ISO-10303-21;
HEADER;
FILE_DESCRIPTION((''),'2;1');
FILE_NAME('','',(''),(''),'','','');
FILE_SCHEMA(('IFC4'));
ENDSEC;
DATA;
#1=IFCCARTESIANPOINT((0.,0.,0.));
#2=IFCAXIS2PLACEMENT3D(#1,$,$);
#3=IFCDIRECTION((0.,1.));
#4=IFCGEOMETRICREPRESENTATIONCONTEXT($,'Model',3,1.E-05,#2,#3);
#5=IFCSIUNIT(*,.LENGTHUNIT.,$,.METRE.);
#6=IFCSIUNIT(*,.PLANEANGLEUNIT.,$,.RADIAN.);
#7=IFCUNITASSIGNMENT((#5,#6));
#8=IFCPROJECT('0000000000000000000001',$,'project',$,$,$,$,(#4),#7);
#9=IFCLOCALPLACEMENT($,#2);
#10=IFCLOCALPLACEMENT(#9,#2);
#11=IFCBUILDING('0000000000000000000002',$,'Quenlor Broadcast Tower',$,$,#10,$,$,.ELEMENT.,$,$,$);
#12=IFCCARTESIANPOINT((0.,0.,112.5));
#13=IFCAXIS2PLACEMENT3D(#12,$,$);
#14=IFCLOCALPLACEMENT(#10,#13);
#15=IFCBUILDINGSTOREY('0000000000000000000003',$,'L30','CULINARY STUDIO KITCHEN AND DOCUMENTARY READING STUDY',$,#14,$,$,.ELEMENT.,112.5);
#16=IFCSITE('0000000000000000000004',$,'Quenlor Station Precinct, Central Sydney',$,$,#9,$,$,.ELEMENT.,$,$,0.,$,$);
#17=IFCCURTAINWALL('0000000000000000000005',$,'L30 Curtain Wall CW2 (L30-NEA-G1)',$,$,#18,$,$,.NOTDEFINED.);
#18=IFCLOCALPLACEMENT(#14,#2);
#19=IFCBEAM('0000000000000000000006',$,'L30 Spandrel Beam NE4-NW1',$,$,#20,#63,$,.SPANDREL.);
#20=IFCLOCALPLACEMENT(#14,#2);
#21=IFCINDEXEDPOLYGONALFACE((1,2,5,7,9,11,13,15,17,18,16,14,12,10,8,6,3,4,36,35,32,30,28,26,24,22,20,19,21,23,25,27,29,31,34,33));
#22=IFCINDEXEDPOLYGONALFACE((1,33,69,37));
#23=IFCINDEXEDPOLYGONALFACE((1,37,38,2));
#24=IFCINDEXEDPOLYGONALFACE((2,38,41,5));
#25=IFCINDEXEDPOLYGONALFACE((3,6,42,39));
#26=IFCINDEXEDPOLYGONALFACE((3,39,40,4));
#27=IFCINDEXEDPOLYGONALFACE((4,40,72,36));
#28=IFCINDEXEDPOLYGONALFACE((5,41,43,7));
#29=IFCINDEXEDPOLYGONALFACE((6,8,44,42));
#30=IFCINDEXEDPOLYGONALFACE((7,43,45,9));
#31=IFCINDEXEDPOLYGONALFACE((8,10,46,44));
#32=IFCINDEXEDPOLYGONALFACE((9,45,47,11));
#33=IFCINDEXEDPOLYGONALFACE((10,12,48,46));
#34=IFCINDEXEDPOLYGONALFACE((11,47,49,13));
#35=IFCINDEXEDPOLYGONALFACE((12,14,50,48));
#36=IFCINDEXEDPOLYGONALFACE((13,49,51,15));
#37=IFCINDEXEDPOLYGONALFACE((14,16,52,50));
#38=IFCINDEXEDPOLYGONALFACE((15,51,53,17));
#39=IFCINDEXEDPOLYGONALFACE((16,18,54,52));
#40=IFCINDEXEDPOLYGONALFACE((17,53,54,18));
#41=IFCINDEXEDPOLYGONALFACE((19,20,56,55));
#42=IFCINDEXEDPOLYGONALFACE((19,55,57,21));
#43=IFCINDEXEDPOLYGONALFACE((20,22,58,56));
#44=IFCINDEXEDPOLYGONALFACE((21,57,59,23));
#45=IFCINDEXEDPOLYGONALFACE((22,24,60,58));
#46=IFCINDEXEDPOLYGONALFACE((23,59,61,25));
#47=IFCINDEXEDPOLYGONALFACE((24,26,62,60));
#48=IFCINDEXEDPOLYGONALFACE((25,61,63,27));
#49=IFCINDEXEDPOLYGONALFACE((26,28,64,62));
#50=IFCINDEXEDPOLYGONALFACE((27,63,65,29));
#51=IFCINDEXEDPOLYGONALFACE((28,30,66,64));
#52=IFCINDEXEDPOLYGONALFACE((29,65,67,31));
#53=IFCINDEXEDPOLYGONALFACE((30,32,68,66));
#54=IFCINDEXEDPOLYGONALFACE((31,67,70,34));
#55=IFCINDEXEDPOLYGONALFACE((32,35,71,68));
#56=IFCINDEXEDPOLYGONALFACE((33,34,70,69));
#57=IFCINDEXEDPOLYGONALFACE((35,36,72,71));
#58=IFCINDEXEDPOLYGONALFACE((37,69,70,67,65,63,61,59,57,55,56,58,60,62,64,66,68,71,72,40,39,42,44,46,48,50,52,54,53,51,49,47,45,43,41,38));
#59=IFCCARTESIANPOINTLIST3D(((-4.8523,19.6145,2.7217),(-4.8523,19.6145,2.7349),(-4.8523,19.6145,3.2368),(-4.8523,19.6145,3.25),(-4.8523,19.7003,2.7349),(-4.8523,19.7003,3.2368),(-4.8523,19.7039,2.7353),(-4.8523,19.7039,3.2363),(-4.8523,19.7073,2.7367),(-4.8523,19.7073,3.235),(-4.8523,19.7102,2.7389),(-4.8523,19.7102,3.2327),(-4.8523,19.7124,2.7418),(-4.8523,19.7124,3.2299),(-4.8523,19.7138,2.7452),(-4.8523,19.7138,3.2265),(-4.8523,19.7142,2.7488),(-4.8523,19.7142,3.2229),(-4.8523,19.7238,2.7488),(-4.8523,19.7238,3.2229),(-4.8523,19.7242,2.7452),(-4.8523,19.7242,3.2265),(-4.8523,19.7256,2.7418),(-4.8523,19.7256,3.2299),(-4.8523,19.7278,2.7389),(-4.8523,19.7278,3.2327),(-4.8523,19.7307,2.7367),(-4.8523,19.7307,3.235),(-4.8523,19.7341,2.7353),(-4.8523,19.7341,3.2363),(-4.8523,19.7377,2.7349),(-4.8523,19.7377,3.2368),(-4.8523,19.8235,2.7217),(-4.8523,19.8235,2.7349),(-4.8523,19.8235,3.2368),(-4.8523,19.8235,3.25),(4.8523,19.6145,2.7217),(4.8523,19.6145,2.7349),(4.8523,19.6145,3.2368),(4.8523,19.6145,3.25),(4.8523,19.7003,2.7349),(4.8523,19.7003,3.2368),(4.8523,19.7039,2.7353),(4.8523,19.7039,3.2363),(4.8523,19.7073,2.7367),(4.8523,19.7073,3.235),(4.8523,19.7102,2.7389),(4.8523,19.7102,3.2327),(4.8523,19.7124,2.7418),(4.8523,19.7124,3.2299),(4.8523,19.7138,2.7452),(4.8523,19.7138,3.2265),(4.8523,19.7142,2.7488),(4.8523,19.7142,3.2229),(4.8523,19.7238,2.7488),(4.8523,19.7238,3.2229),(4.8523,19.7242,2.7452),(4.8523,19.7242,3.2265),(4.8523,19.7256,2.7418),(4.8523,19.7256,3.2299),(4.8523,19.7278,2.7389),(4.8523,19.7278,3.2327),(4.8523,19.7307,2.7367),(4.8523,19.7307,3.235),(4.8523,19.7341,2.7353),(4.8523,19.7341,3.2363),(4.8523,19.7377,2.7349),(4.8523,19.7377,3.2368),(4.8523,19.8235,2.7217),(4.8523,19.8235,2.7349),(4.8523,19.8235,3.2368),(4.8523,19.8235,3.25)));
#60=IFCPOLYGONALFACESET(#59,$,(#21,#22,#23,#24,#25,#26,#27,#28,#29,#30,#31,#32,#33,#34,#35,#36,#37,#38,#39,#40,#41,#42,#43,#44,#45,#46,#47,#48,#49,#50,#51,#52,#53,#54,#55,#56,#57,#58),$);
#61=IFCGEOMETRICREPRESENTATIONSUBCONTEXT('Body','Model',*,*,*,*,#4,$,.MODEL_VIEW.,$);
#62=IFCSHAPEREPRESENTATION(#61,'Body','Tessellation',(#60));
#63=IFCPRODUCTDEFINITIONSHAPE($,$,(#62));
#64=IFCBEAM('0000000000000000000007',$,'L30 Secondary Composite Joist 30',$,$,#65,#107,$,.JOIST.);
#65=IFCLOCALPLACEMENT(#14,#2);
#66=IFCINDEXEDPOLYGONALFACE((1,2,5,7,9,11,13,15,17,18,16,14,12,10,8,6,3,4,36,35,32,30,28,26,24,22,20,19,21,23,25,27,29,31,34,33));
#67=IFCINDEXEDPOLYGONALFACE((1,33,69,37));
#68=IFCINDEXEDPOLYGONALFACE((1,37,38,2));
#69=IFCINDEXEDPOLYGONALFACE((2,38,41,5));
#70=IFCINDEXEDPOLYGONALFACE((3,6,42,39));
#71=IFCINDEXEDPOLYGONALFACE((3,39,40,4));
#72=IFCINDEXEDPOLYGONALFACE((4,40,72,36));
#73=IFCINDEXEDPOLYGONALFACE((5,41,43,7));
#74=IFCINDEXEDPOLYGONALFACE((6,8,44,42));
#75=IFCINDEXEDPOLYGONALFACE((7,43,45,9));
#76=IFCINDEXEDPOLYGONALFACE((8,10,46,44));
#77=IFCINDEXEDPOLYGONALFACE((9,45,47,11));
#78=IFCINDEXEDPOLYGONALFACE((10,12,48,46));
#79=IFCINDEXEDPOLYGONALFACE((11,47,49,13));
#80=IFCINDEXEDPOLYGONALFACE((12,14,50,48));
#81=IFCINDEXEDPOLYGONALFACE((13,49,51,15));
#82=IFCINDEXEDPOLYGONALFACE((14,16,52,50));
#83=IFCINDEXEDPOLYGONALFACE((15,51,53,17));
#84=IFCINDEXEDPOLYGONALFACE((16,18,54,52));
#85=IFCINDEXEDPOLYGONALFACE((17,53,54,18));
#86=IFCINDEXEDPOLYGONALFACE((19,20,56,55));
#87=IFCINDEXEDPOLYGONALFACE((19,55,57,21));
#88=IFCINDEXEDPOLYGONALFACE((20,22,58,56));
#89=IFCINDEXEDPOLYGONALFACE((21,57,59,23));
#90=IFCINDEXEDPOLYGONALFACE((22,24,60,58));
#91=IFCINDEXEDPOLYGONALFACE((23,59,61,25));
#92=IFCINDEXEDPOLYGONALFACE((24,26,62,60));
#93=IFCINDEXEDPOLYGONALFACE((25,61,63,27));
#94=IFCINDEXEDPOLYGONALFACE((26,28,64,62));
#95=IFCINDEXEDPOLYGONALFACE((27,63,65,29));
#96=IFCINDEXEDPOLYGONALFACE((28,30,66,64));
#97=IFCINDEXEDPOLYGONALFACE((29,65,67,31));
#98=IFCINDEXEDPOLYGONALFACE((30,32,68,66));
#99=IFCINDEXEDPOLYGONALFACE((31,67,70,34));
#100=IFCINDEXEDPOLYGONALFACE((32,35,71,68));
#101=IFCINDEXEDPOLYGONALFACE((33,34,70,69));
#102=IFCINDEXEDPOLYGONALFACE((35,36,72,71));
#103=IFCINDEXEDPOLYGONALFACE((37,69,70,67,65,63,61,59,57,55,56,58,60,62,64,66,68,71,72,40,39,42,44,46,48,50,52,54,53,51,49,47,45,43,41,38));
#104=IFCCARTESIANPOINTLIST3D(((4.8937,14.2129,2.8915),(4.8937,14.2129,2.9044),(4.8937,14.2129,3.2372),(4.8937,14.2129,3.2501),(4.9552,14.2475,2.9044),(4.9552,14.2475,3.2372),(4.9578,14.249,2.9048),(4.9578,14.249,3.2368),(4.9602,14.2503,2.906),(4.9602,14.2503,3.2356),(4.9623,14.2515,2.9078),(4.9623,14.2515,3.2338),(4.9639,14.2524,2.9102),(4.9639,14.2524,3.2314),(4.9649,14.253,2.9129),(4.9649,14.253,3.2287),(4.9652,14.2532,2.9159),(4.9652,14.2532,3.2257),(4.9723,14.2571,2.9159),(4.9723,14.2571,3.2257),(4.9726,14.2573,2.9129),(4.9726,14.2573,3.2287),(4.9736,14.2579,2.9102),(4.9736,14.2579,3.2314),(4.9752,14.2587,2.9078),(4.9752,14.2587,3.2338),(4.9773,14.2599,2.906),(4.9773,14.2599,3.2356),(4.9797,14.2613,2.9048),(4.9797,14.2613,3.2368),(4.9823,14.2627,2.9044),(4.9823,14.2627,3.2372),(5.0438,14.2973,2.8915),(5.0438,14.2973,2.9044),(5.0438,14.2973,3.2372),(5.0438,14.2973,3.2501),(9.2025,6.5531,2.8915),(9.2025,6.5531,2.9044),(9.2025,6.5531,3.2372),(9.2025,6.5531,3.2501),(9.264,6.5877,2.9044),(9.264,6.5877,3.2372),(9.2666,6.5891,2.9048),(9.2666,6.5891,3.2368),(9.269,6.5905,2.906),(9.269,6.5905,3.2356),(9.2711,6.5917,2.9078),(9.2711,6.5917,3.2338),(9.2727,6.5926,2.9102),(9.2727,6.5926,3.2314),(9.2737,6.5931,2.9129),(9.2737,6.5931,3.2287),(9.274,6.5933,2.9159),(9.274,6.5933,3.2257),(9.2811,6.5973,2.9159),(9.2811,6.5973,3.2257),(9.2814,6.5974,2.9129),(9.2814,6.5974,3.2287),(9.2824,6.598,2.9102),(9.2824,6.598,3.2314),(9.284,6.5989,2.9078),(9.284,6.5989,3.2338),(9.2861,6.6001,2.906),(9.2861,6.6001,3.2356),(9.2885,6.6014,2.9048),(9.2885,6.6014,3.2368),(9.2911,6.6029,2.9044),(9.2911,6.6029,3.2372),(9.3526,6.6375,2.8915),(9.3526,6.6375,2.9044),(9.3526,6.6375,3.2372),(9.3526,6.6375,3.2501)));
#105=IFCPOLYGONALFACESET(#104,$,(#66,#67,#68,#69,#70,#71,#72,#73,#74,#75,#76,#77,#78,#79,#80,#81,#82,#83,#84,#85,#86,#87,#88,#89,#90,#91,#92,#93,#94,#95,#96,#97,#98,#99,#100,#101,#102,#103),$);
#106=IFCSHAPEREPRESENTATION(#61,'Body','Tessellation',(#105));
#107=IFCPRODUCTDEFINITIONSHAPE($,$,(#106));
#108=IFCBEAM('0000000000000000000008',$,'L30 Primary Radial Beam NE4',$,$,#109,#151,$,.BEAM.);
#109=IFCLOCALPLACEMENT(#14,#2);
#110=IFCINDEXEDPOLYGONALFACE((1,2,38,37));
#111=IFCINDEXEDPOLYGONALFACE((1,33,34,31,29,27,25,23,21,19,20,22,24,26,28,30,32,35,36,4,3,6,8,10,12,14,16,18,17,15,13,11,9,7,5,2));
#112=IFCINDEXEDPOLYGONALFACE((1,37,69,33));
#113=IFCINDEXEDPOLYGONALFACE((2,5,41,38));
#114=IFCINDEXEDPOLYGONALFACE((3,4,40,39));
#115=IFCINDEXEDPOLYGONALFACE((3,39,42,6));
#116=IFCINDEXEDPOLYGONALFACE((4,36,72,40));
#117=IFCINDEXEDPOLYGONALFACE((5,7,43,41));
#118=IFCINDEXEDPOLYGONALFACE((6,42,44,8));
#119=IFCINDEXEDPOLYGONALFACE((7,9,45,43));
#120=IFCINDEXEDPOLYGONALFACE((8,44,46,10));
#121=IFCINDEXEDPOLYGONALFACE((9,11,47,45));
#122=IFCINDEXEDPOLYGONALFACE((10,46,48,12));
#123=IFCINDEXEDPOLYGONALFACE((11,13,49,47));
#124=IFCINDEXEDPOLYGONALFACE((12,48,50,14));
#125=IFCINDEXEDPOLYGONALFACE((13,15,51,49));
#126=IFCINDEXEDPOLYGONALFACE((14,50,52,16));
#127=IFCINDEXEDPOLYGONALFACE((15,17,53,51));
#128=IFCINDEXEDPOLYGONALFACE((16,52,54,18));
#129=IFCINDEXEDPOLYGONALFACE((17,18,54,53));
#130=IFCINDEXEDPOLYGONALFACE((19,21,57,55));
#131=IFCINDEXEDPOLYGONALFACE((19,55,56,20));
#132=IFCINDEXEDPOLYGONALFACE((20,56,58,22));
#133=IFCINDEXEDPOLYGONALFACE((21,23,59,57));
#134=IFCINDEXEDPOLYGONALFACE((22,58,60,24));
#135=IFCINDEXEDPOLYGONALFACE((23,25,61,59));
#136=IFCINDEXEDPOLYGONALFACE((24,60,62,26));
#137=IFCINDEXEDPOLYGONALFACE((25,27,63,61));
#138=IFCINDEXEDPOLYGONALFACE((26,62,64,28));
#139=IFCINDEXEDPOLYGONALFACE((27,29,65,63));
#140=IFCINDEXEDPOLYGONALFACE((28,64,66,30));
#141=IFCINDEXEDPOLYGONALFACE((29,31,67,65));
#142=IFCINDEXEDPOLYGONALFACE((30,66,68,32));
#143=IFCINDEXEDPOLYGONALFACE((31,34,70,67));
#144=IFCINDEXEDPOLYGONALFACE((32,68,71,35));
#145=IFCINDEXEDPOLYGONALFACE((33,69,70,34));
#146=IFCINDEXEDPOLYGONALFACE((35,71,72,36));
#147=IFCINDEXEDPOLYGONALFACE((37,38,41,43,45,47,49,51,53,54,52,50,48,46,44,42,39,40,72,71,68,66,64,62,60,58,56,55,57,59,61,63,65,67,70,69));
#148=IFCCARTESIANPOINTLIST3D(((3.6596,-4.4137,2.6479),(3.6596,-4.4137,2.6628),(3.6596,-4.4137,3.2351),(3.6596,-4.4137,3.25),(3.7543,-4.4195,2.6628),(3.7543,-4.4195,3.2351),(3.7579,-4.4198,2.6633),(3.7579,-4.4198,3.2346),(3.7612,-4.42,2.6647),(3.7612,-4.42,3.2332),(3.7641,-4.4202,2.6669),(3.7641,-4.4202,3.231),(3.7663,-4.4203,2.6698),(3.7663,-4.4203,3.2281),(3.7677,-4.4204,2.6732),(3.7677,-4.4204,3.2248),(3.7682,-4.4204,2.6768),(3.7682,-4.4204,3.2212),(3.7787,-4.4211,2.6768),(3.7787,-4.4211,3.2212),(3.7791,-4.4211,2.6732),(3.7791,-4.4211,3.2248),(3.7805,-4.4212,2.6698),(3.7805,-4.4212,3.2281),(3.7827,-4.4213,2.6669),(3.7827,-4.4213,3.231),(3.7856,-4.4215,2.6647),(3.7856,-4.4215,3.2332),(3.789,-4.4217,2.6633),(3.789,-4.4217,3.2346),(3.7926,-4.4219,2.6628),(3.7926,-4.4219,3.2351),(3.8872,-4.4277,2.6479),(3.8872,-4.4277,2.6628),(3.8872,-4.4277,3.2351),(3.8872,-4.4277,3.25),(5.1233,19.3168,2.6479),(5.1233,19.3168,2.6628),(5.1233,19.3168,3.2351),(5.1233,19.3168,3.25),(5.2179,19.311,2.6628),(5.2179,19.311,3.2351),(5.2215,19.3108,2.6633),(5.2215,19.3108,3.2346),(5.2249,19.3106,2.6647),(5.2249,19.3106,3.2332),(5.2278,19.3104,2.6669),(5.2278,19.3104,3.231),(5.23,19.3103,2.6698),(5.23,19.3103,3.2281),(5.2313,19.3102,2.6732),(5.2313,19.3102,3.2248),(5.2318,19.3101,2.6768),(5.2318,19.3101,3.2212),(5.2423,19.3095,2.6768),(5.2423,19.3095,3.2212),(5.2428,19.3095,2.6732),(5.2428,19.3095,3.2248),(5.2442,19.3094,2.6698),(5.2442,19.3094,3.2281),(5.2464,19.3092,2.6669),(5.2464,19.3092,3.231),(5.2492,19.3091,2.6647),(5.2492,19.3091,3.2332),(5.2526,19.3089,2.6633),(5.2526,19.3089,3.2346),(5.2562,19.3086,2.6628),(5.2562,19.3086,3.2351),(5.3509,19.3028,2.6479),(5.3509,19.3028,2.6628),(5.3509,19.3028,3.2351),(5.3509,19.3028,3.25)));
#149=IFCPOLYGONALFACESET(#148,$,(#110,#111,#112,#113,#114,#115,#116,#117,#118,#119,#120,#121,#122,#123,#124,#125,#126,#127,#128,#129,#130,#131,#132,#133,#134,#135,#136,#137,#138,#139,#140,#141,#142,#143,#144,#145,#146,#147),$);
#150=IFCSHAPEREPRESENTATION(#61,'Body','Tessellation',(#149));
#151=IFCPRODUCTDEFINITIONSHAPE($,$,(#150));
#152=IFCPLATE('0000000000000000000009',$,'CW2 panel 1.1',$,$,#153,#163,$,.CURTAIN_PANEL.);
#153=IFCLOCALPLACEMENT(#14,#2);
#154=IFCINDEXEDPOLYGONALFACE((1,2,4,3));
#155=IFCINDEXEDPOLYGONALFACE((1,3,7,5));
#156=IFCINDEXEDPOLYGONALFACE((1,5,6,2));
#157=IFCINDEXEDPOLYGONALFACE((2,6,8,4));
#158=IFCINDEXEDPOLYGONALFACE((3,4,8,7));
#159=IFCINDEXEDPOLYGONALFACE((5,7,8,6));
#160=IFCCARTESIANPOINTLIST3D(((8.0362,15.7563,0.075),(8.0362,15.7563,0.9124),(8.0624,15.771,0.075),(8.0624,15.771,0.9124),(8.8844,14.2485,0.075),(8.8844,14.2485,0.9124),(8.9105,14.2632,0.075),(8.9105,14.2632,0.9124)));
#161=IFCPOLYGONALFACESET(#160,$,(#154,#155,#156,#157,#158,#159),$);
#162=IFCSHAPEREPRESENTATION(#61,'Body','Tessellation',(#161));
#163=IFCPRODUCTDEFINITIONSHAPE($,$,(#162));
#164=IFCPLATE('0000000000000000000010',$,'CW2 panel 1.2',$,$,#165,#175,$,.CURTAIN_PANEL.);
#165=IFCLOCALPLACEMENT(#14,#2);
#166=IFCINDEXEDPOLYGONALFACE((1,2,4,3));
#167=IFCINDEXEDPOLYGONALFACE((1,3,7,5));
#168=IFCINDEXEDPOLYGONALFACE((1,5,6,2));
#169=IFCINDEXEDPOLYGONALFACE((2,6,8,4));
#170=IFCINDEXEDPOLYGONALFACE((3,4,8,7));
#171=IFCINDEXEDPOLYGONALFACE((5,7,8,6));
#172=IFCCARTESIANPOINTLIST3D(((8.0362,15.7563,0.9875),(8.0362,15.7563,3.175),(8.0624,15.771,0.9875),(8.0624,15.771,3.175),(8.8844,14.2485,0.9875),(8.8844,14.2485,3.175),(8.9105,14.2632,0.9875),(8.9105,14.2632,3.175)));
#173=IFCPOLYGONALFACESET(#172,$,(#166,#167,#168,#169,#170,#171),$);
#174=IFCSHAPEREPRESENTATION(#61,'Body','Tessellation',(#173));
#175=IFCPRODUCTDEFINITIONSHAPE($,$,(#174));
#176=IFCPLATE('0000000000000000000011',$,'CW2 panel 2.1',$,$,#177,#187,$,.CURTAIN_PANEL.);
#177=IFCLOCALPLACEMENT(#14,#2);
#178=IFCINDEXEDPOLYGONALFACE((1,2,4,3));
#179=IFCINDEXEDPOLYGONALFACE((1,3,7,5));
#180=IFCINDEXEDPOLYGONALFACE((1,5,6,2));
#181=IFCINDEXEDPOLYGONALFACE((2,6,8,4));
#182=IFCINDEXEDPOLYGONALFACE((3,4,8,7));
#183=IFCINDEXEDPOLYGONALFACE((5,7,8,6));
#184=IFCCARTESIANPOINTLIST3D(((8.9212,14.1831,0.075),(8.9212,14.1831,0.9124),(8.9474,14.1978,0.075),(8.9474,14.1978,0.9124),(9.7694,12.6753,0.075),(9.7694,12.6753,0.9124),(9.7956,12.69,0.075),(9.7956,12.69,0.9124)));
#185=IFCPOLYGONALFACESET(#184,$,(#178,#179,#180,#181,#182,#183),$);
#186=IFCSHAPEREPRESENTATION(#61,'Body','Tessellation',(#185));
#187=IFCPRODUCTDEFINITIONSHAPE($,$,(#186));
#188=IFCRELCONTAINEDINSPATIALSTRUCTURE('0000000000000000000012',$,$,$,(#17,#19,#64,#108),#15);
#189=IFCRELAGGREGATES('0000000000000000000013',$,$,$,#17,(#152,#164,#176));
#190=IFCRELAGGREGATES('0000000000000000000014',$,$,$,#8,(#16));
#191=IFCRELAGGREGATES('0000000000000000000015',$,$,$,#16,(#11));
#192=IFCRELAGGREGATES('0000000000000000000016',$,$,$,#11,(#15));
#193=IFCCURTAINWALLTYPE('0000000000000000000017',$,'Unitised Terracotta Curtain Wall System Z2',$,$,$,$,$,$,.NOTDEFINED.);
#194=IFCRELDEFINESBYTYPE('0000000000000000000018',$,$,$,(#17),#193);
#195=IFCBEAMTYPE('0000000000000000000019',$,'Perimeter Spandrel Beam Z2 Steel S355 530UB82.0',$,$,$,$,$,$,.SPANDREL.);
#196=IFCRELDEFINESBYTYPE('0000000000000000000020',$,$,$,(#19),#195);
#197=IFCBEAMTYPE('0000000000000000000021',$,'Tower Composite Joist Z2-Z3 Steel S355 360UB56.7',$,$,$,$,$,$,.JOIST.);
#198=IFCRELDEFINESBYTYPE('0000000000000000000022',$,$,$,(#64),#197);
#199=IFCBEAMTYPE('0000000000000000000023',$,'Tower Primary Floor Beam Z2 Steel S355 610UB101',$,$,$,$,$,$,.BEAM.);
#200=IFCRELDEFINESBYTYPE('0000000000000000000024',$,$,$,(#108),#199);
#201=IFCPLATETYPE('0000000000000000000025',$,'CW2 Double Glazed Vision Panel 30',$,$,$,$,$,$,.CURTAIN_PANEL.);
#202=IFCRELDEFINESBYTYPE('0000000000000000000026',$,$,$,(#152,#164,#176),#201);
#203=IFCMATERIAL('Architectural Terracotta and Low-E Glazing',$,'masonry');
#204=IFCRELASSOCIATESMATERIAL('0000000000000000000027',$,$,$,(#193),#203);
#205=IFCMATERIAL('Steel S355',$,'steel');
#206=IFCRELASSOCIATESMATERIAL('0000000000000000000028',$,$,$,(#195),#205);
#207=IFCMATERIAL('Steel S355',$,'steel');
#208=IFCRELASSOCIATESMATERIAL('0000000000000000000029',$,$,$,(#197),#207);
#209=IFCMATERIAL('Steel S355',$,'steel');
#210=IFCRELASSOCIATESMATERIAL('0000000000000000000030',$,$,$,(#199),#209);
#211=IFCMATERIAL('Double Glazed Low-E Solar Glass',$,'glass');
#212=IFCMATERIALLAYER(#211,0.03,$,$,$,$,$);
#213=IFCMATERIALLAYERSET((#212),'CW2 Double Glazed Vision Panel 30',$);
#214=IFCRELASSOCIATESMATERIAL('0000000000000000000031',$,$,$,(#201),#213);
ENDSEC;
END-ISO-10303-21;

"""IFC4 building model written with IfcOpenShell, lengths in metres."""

from ifc_helpers import new_model, si_unit, direction, frame, origin, origin_2d, place, context, subcontext, project, spatial, rectangle, i_section, extrude, material, layer, layer_set, material_profile, profile_set, type_object, element, aggregate, save


model = new_model("IFC4")

# Units and contexts
model_context = context("Model", 3, precision=1e-05, world=origin(), true_north=direction((0.0, 1.0)))
body_context = subcontext(model_context, "Body", "Model", "MODEL_VIEW")
ifc_project = project(units=[si_unit("LENGTHUNIT", "METRE"), si_unit("PLANEANGLEUNIT", "RADIAN")], contexts=[model_context])

# Site, building, storey
site_placement = place(None, origin())
site = spatial("IfcSite", under=ifc_project, at=site_placement, Name="Quenlor Station Precinct, Central Sydney", CompositionType="ELEMENT", RefElevation=0.0)
building_placement = place(site_placement, origin())
building = spatial("IfcBuilding", under=site, at=building_placement, Name="Quenlor Broadcast Tower", CompositionType="ELEMENT")
storey_placement = place(building_placement, frame((0.0, 0.0, 112.5)))
storey = spatial("IfcBuildingStorey", under=building, at=storey_placement, Name="L30", Description="CULINARY STUDIO KITCHEN AND DOCUMENTARY READING STUDY", CompositionType="ELEMENT", Elevation=112.5)

# Curtain wall
ifc_material_1 = material(Name="Architectural Terracotta and Low-E Glazing", Category="masonry")
curtain_wall_type = type_object("IfcCurtainWallType", Name="Unitised Terracotta Curtain Wall System Z2", PredefinedType="NOTDEFINED", material=ifc_material_1)
curtain_wall_placement = place(storey_placement, origin())
curtain_wall = element("IfcCurtainWall", 1, at=curtain_wall_placement, inside=storey, type_object=curtain_wall_type, Name="L30 Curtain Wall CW2 (L30-NEA-G1)", PredefinedType="NOTDEFINED")

# Beams
ifc_material_2 = material(Name="Steel S355", Category="steel")
ifc_material_profile_1 = material_profile(ifc_material_2, i_section(OverallWidth=0.209, OverallDepth=0.5283, WebThickness=0.0095, FlangeThickness=0.0132, FilletRadius=0.0139, at=origin_2d()))
ifc_profile_set_1 = profile_set([ifc_material_profile_1], Name="Steel S355 530UB82.0")
beam_type_1 = type_object("IfcBeamType", Name="Perimeter Spandrel Beam Z2 Steel S355 530UB82.0", PredefinedType="SPANDREL", material=ifc_profile_set_1)
beam_1_placement = place(storey_placement, frame((4.8523, 19.719, 2.9858), z_axis=(-1.0, 0.0, 0.0), x_axis=(0.0, -1.0, 0.0)))
element("IfcBeam", 2, at=beam_1_placement, inside=storey, type_object=beam_type_1, Name="L30 Spandrel Beam NE4-NW1", PredefinedType="SPANDREL", context=body_context, shape_type="SweptSolid", body=[
    extrude(i_section(OverallWidth=0.209, OverallDepth=0.5283, WebThickness=0.0095, FlangeThickness=0.0132, FilletRadius=0.0139, at=origin_2d()), origin(), (0.0, 0.0, 1.0), 9.7046),
])
ifc_material_3 = material(Name="Steel S355", Category="steel")
ifc_material_profile_2 = material_profile(ifc_material_3, i_section(OverallWidth=0.1721, OverallDepth=0.3586, WebThickness=0.0081, FlangeThickness=0.0129, FilletRadius=0.0115, at=origin_2d()))
ifc_profile_set_2 = profile_set([ifc_material_profile_2], Name="Steel S355 360UB56.7")
beam_type_2 = type_object("IfcBeamType", Name="Tower Composite Joist Z2-Z3 Steel S355 360UB56.7", PredefinedType="JOIST", material=ifc_profile_set_2)
beam_2_placement = place(storey_placement, frame((4.9688, 14.2551, 3.0708), z_axis=(0.490273, -0.871569, 0.0), x_axis=(0.871569, 0.490273, 0.0)))
element("IfcBeam", 3, at=beam_2_placement, inside=storey, type_object=beam_type_2, Name="L30 Secondary Composite Joist 30", PredefinedType="JOIST", context=body_context, shape_type="SweptSolid", body=[
    extrude(i_section(OverallWidth=0.1721, OverallDepth=0.3586, WebThickness=0.0081, FlangeThickness=0.0129, FilletRadius=0.0115, at=origin_2d()), origin(), (0.0, 0.0, 1.0), 8.7886),
])
ifc_material_4 = material(Name="Steel S355", Category="steel")
ifc_material_profile_3 = material_profile(ifc_material_4, i_section(OverallWidth=0.228, OverallDepth=0.6021, WebThickness=0.0105, FlangeThickness=0.0149, FilletRadius=0.0139, at=origin_2d()))
ifc_profile_set_3 = profile_set([ifc_material_profile_3], Name="Steel S355 610UB101")
beam_type_3 = type_object("IfcBeamType", Name="Tower Primary Floor Beam Z2 Steel S355 610UB101", PredefinedType="BEAM", material=ifc_profile_set_3)
beam_3_placement = place(storey_placement, frame((5.2371, 19.3098, 2.949), z_axis=(-0.06156, -0.998103, 0.0), x_axis=(0.998103, -0.06156, 0.0)))
element("IfcBeam", 4, at=beam_3_placement, inside=storey, type_object=beam_type_3, Name="L30 Primary Radial Beam NE4", PredefinedType="BEAM", context=body_context, shape_type="SweptSolid", body=[
    extrude(i_section(OverallWidth=0.228, OverallDepth=0.6021, WebThickness=0.0105, FlangeThickness=0.0149, FilletRadius=0.0139, at=origin_2d()), origin(), (0.0, 0.0, 1.0), 23.7756),
])

# Plates
ifc_material_5 = material(Name="Double Glazed Low-E Solar Glass", Category="glass")
ifc_layer_1 = layer(ifc_material_5, 0.03)
ifc_layer_set_1 = layer_set([ifc_layer_1], Name="CW2 Double Glazed Vision Panel 30")
plate_type_1 = type_object("IfcPlateType", Name="CW2 Double Glazed Vision Panel 30", PredefinedType="CURTAIN_PANEL", material=ifc_layer_set_1)
plate_1_placement = place(storey_placement, frame((8.4734, 15.0098, 0.075), z_axis=(0.0, 0.0, 1.0), x_axis=(0.490265, -0.871573, 0.0)))
plate_1 = element("IfcPlate", 5, at=plate_1_placement, type_object=plate_type_1, Name="CW2 panel 1.1", PredefinedType="CURTAIN_PANEL", context=body_context, shape_type="SweptSolid", body=[
    extrude(rectangle(XDim=1.73, YDim=0.03, at=origin_2d()), origin(), (0.0, 0.0, 1.0), 0.8374),
])
plate_2_placement = place(storey_placement, frame((8.4734, 15.0098, 0.9875), z_axis=(0.0, 0.0, 1.0), x_axis=(0.490265, -0.871573, 0.0)))
plate_2 = element("IfcPlate", 6, at=plate_2_placement, type_object=plate_type_1, Name="CW2 panel 1.2", PredefinedType="CURTAIN_PANEL", context=body_context, shape_type="SweptSolid", body=[
    extrude(rectangle(XDim=1.73, YDim=0.03, at=origin_2d()), origin(), (0.0, 0.0, 1.0), 2.1875),
])
plate_3_placement = place(storey_placement, frame((9.3584, 13.4365, 0.075), z_axis=(0.0, 0.0, 1.0), x_axis=(0.490265, -0.871573, 0.0)))
plate_3 = element("IfcPlate", 7, at=plate_3_placement, type_object=plate_type_1, Name="CW2 panel 2.1", PredefinedType="CURTAIN_PANEL", context=body_context, shape_type="SweptSolid", body=[
    extrude(rectangle(XDim=1.73, YDim=0.03, at=origin_2d()), origin(), (0.0, 0.0, 1.0), 0.8374),
])
aggregate(curtain_wall, [plate_1, plate_2, plate_3])

save(model, "model.ifc")
